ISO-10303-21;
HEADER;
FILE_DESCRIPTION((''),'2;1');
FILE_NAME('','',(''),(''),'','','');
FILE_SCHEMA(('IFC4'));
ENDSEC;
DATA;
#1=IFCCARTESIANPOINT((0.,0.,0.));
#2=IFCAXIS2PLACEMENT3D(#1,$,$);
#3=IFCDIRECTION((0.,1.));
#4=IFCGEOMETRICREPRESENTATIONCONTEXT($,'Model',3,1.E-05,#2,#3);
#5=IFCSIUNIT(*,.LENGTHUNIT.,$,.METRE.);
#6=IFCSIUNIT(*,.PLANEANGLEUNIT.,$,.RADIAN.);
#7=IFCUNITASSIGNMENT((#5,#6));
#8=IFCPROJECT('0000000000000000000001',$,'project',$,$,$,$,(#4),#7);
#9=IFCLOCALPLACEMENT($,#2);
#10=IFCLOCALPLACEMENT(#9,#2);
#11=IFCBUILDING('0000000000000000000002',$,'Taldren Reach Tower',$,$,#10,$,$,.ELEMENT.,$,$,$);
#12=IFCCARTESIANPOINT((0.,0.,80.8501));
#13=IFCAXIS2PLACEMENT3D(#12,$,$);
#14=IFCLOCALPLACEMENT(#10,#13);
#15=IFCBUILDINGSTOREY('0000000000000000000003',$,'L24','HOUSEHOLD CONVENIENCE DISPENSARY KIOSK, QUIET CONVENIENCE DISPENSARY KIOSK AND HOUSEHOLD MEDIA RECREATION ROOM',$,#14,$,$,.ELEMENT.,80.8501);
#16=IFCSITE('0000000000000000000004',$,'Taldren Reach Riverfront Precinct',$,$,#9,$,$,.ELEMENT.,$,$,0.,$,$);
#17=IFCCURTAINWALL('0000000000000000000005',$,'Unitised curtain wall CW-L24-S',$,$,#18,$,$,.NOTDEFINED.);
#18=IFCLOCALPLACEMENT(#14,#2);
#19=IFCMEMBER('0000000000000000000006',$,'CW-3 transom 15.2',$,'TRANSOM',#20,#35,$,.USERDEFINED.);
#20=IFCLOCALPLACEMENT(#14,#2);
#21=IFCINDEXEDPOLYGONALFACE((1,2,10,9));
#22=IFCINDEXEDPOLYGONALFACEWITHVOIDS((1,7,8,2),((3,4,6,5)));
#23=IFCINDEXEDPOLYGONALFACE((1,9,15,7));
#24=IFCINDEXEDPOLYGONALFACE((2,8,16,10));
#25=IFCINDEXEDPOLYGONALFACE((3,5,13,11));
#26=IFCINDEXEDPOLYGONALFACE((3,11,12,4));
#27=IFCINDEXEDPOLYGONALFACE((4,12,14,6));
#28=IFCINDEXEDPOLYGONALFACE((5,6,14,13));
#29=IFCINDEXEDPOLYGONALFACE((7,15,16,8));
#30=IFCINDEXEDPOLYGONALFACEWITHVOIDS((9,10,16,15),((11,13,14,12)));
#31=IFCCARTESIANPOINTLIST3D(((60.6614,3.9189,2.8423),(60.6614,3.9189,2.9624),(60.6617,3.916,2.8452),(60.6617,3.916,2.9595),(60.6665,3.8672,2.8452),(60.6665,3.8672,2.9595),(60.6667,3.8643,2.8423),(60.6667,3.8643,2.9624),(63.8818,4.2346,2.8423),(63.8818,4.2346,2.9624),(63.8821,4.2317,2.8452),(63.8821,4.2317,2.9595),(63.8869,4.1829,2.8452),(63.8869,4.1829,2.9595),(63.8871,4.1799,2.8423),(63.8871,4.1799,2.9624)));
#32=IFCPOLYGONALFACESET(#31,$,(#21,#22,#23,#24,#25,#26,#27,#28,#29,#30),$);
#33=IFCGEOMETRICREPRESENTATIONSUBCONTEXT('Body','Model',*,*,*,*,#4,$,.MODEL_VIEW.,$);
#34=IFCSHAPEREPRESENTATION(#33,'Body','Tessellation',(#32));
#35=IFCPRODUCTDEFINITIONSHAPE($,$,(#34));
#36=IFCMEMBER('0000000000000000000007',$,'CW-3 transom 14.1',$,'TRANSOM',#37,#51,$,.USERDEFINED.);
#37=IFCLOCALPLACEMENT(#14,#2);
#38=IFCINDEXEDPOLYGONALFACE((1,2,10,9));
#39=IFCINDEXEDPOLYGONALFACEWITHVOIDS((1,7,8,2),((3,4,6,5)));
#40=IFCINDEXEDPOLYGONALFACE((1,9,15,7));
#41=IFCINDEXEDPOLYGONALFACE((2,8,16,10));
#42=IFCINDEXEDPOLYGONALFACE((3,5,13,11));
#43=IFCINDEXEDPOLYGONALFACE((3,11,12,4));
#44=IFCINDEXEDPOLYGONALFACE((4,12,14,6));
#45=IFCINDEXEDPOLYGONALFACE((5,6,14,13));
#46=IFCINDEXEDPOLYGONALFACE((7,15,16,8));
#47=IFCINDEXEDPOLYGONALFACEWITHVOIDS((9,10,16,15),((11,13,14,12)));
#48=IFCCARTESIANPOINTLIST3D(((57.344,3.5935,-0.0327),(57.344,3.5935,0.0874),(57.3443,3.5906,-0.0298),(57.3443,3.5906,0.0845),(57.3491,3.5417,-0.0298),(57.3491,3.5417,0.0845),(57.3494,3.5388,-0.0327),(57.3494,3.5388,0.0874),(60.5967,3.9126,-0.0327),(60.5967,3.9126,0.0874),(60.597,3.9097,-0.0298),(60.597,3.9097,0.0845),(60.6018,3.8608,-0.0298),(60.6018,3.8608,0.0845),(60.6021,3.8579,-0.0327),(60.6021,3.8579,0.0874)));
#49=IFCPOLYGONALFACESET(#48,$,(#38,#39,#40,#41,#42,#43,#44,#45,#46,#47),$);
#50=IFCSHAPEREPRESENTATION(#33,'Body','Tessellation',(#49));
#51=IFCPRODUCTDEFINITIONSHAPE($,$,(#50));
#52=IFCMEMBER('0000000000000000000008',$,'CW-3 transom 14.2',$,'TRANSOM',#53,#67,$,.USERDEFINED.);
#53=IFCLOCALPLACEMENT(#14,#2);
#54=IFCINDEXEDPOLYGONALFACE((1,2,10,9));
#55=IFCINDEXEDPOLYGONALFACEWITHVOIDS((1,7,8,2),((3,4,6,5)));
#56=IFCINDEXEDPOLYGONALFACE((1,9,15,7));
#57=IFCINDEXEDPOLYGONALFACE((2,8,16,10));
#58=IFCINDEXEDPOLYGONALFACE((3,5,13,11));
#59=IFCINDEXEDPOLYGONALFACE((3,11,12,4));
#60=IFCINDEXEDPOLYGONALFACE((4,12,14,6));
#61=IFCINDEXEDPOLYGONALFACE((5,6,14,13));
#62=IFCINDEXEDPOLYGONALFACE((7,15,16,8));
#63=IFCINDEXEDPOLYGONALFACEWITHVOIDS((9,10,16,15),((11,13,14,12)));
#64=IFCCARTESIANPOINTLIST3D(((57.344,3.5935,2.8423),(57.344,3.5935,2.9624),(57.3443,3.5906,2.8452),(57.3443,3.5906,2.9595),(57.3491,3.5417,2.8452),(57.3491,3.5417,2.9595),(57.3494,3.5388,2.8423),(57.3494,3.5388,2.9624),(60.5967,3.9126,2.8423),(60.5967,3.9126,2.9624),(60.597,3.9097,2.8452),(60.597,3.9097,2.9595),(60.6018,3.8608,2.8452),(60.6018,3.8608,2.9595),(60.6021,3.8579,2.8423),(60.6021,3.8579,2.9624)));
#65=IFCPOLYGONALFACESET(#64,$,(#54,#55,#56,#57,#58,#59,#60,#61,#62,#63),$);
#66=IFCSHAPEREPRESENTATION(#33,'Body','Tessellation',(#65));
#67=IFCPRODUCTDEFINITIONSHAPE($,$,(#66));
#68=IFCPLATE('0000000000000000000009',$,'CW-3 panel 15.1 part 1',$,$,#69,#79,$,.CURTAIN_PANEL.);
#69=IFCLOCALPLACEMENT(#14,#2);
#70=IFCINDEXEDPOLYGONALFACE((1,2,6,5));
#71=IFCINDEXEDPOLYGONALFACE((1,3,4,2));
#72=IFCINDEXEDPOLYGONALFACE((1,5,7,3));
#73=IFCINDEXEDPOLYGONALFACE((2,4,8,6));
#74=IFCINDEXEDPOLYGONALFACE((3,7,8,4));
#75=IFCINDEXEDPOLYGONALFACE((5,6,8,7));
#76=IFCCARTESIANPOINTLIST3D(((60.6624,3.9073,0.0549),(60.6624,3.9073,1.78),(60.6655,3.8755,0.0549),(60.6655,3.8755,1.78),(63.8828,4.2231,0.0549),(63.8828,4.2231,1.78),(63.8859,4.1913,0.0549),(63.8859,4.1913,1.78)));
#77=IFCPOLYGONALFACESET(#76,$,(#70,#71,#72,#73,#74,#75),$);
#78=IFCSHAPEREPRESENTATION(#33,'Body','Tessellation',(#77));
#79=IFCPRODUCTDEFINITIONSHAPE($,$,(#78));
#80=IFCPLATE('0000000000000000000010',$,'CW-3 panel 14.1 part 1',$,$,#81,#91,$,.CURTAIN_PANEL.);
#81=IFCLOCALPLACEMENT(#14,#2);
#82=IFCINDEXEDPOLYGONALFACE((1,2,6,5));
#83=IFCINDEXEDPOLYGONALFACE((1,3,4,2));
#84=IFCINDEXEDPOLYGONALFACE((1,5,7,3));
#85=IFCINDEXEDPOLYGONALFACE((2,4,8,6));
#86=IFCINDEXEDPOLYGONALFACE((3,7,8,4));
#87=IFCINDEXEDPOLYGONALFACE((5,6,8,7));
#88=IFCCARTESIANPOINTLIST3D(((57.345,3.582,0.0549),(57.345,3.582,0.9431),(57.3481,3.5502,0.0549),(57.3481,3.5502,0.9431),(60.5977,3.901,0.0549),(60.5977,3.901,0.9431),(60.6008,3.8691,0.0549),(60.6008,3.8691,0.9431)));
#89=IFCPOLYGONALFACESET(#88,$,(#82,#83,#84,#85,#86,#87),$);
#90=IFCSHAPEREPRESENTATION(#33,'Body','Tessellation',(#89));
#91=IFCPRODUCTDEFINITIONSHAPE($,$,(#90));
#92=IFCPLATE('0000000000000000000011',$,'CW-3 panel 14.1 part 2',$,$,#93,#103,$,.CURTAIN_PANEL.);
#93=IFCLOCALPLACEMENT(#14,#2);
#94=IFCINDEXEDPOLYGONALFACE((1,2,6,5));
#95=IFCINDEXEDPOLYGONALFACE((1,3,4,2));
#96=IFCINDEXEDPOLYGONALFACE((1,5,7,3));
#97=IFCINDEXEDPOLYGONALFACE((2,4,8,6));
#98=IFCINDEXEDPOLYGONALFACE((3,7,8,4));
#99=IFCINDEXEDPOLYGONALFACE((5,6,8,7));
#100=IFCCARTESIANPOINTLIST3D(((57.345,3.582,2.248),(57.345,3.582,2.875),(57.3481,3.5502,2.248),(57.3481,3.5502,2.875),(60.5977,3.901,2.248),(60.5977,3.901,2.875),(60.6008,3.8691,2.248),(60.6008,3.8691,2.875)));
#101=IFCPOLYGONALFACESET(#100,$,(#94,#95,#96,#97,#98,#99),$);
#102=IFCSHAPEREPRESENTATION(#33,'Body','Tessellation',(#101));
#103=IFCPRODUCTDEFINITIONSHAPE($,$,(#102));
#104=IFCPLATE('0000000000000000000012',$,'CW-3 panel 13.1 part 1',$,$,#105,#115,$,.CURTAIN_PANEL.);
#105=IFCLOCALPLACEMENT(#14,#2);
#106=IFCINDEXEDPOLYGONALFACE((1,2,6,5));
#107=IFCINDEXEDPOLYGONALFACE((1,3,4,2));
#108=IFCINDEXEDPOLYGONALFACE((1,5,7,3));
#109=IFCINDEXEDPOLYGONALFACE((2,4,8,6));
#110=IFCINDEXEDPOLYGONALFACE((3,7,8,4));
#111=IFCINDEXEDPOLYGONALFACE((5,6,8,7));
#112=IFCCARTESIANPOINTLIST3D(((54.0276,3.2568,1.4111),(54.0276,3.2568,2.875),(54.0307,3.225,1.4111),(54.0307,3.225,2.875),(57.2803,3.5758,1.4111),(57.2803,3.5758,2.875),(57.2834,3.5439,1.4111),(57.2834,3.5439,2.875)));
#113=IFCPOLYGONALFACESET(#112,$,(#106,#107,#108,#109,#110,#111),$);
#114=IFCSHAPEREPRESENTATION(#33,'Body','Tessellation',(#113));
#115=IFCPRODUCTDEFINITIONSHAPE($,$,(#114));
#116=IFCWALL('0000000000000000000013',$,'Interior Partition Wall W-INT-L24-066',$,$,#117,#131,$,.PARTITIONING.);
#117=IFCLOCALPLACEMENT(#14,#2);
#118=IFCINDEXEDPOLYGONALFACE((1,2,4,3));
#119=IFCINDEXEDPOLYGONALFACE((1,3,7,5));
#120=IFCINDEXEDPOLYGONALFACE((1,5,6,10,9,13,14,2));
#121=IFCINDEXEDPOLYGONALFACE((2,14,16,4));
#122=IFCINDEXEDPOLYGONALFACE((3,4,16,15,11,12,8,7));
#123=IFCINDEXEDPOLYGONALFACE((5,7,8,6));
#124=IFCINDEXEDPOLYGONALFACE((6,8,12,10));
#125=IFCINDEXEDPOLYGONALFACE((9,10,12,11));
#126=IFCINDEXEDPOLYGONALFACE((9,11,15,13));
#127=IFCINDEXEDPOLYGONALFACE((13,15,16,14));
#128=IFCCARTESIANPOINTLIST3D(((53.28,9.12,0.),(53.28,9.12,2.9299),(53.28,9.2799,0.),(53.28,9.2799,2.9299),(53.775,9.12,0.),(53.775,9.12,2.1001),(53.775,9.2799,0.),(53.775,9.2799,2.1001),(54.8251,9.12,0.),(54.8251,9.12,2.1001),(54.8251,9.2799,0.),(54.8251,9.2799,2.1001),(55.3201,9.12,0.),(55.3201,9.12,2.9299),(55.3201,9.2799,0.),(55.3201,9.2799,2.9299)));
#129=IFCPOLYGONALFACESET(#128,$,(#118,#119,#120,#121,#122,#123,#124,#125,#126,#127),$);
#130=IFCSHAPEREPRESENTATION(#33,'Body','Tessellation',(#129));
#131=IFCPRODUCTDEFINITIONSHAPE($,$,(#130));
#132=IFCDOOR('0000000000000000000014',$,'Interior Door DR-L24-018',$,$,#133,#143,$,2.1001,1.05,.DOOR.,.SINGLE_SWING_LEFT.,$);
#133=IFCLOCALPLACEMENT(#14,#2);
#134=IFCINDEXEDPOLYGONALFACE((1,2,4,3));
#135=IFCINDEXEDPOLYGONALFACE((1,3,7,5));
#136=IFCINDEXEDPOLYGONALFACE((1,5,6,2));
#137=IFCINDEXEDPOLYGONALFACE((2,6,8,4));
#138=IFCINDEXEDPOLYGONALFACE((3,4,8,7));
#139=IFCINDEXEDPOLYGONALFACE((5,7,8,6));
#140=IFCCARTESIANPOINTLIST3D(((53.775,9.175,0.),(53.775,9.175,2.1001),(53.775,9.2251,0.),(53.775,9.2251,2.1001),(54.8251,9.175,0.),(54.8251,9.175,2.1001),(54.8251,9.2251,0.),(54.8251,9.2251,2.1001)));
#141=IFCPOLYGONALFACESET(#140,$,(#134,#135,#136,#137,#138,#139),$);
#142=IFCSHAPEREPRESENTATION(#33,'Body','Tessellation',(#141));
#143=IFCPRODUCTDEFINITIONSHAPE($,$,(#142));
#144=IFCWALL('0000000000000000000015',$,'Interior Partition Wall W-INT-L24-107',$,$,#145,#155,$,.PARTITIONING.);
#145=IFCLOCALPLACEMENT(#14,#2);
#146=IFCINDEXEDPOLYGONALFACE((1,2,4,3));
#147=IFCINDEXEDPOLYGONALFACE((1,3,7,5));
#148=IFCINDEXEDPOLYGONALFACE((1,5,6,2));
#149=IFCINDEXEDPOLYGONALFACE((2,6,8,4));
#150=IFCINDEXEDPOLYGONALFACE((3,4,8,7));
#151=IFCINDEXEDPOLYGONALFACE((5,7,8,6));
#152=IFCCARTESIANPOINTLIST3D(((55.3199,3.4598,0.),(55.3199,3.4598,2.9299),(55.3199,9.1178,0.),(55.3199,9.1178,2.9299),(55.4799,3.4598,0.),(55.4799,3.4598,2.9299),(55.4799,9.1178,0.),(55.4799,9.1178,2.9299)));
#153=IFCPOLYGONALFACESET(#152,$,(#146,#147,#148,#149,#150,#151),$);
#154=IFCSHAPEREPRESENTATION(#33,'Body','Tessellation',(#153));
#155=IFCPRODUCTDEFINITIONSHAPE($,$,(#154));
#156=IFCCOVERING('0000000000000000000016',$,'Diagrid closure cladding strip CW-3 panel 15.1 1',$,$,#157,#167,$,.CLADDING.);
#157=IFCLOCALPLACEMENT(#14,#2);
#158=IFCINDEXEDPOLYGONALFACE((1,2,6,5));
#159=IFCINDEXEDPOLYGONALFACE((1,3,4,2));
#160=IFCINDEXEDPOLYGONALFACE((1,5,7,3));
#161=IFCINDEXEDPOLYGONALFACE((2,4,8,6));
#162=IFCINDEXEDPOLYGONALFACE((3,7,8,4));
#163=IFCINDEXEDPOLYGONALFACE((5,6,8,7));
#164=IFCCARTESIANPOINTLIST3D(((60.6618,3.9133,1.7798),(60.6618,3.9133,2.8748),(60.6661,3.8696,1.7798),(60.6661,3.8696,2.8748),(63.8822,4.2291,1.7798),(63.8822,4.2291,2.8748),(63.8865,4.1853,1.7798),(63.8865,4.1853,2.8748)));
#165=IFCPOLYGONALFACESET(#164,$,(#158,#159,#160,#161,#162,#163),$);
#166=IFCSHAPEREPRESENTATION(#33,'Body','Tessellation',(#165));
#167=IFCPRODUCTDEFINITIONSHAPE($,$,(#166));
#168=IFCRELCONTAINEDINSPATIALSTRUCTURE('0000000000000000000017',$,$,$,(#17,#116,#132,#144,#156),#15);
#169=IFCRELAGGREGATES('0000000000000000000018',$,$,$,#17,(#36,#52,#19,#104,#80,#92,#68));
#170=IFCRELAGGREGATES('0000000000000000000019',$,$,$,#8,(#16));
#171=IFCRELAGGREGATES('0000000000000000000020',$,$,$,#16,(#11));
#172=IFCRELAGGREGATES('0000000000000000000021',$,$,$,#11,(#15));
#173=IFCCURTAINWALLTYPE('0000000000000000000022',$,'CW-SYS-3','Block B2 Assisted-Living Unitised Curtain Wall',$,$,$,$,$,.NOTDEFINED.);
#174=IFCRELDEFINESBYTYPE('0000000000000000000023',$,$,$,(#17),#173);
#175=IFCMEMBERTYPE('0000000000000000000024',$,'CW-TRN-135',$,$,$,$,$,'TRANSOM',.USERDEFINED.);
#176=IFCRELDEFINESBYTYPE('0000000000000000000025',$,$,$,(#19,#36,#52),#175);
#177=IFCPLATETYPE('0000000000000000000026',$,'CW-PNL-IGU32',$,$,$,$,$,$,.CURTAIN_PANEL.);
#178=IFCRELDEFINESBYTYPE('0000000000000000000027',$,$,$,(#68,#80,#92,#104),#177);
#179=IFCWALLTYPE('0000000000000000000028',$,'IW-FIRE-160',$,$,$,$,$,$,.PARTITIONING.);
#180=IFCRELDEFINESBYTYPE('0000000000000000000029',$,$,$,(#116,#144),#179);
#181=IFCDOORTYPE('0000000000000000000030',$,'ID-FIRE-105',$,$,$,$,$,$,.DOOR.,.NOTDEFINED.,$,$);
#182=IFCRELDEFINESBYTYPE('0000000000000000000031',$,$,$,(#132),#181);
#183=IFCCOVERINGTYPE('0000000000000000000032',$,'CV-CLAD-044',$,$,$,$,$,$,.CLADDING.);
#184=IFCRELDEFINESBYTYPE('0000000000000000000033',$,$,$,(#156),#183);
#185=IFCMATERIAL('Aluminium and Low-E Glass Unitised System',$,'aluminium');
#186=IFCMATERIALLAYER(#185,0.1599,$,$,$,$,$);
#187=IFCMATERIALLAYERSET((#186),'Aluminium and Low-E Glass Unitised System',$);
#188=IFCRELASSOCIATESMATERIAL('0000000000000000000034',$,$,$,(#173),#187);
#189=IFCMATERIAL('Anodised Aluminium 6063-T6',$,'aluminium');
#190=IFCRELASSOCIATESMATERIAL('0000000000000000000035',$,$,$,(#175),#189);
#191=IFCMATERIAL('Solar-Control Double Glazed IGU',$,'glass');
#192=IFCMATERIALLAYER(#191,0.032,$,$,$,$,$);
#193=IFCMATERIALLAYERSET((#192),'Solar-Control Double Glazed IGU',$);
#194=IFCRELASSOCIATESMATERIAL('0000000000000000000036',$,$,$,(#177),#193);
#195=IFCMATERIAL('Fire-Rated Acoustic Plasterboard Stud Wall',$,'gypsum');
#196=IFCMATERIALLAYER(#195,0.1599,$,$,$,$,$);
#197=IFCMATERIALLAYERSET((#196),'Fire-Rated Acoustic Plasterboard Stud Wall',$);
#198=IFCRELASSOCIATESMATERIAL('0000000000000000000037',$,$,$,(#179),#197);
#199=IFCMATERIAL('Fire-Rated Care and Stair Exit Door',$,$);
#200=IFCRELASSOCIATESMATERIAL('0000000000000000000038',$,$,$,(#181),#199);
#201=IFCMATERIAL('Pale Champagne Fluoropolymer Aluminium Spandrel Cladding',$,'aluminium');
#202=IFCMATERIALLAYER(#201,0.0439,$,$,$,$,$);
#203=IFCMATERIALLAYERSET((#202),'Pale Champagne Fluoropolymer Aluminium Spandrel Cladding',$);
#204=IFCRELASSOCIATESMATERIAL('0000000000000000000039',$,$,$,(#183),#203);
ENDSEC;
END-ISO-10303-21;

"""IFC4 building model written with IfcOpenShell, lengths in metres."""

from ifc_helpers import new_model, si_unit, direction, frame, frame_2d, origin, origin_2d, place, context, subcontext, project, spatial, rectangle, hollow_rectangle, extrude, source, transform, mapped, material, layer, layer_set, material_profile, profile_set, type_object, element, fill, aggregate, save


model = new_model("IFC4")

# Units and contexts
model_context = context("Model", 3, precision=1e-05, world=origin(), true_north=direction((0.0, 1.0)))
body_context = subcontext(model_context, "Body", "Model", "MODEL_VIEW")
ifc_project = project(units=[si_unit("LENGTHUNIT", "METRE"), si_unit("PLANEANGLEUNIT", "RADIAN")], contexts=[model_context])

# Site, building, storey
site_placement = place(None, origin())
site = spatial("IfcSite", under=ifc_project, at=site_placement, Name="Taldren Reach Riverfront Precinct", CompositionType="ELEMENT", RefElevation=0.0)
building_placement = place(site_placement, origin())
building = spatial("IfcBuilding", under=site, at=building_placement, Name="Taldren Reach Tower", CompositionType="ELEMENT")
storey_placement = place(building_placement, frame((0.0, 0.0, 80.8501)))
storey = spatial("IfcBuildingStorey", under=building, at=storey_placement, Name="L24", Description="HOUSEHOLD CONVENIENCE DISPENSARY KIOSK, QUIET CONVENIENCE DISPENSARY KIOSK AND HOUSEHOLD MEDIA RECREATION ROOM", CompositionType="ELEMENT", Elevation=80.8501)

# Curtain wall, members, plates
ifc_material_1 = material(Name="Aluminium and Low-E Glass Unitised System", Category="aluminium")
ifc_layer_1 = layer(ifc_material_1, 0.1599)
ifc_layer_set_1 = layer_set([ifc_layer_1], Name="Aluminium and Low-E Glass Unitised System")
curtain_wall_type = type_object("IfcCurtainWallType", Name="CW-SYS-3", Description="Block B2 Assisted-Living Unitised Curtain Wall", PredefinedType="NOTDEFINED", material=ifc_layer_set_1)
curtain_wall_placement = place(storey_placement, origin())
curtain_wall = element("IfcCurtainWall", 1, at=curtain_wall_placement, inside=storey, type_object=curtain_wall_type, Name="Unitised curtain wall CW-L24-S", PredefinedType="NOTDEFINED")
ifc_material_2 = material(Name="Anodised Aluminium 6063-T6", Category="aluminium")
ifc_material_profile_1 = material_profile(ifc_material_2, hollow_rectangle(XDim=0.0549, YDim=0.1201, WallThickness=0.0029, at=origin_2d()), Name="ALU-120x55x3RHS")
ifc_profile_set_1 = profile_set([ifc_material_profile_1], Name="Anodised Aluminium 6063-T6")
member_type_1 = type_object("IfcMemberType", Name="CW-TRN-135", ElementType="TRANSOM", PredefinedType="USERDEFINED", material=ifc_profile_set_1)
shared_shape_1 = source(origin(), body_context, "Body", "SweptSolid", [
    extrude(hollow_rectangle(XDim=0.0549, YDim=0.1201, WallThickness=0.0029, at=origin_2d()), origin(), (0.0, 0.0, 1.0), 3.2358),
])
member_1_placement = place(storey_placement, frame((60.6641, 3.8916, 2.9023), z_axis=(0.99523, 0.097554, 0.0), x_axis=(-0.097554, 0.99523, 0.0)))
member_1 = element("IfcMember", 2, at=member_1_placement, type_object=member_type_1, Name="CW-3 transom 15.2", ObjectType="TRANSOM", PredefinedType="USERDEFINED", context=body_context, shape_type="MappedRepresentation", body=[
    mapped(shared_shape_1, transform((0.0, 0.0, 0.0), scale=1.0)),
])
shared_shape_2 = source(origin(), body_context, "Body", "SweptSolid", [
    extrude(hollow_rectangle(XDim=0.0549, YDim=0.1201, WallThickness=0.0029, at=origin_2d()), origin(), (0.0, 0.0, 1.0), 3.2683),
])
member_2_placement = place(storey_placement, frame((57.3467, 3.5662, 0.0273), z_axis=(0.995223, 0.097632, 0.0), x_axis=(-0.097632, 0.995223, 0.0)))
member_2 = element("IfcMember", 3, at=member_2_placement, type_object=member_type_1, Name="CW-3 transom 14.1", ObjectType="TRANSOM", PredefinedType="USERDEFINED", context=body_context, shape_type="MappedRepresentation", body=[
    mapped(shared_shape_2, transform((0.0, 0.0, 0.0), scale=1.0)),
])
member_3_placement = place(storey_placement, frame((57.3467, 3.5662, 2.9023), z_axis=(0.995223, 0.097632, 0.0), x_axis=(-0.097632, 0.995223, 0.0)))
member_3 = element("IfcMember", 4, at=member_3_placement, type_object=member_type_1, Name="CW-3 transom 14.2", ObjectType="TRANSOM", PredefinedType="USERDEFINED", context=body_context, shape_type="MappedRepresentation", body=[
    mapped(shared_shape_2, transform((0.0, 0.0, 0.0), scale=1.0)),
])
ifc_material_3 = material(Name="Solar-Control Double Glazed IGU", Category="glass")
ifc_layer_2 = layer(ifc_material_3, 0.032)
ifc_layer_set_2 = layer_set([ifc_layer_2], Name="Solar-Control Double Glazed IGU")
plate_type = type_object("IfcPlateType", Name="CW-PNL-IGU32", PredefinedType="CURTAIN_PANEL", material=ifc_layer_set_2)
shared_shape_3 = source(origin(), body_context, "Body", "SweptSolid", [
    extrude(rectangle(XDim=3.2358, YDim=0.032, at=origin_2d()), origin(), (0.0, 0.0, 1.0), 1.7251),
])
plate_1_placement = place(storey_placement, frame((62.2742, 4.0493, 0.0549), z_axis=(0.0, 0.0, 1.0), x_axis=(0.995227, 0.097583, 0.0)))
plate_1 = element("IfcPlate", 5, at=plate_1_placement, type_object=plate_type, Name="CW-3 panel 15.1 part 1", PredefinedType="CURTAIN_PANEL", context=body_context, shape_type="MappedRepresentation", body=[
    mapped(shared_shape_3, transform((0.0, 0.0, 0.0), scale=1.0)),
])
shared_shape_4 = source(origin(), body_context, "Body", "SweptSolid", [
    extrude(rectangle(XDim=3.2683, YDim=0.032, at=origin_2d()), origin(), (0.0, 0.0, 1.0), 0.8882),
])
plate_2_placement = place(storey_placement, frame((58.9729, 3.7256, 0.0549), z_axis=(0.0, 0.0, 1.0), x_axis=(0.995227, 0.097583, 0.0)))
plate_2 = element("IfcPlate", 6, at=plate_2_placement, type_object=plate_type, Name="CW-3 panel 14.1 part 1", PredefinedType="CURTAIN_PANEL", context=body_context, shape_type="MappedRepresentation", body=[
    mapped(shared_shape_4, transform((0.0, 0.0, 0.0), scale=1.0)),
])
shared_shape_5 = source(origin(), body_context, "Body", "SweptSolid", [
    extrude(rectangle(XDim=3.2683, YDim=0.032, at=origin_2d()), origin(), (0.0, 0.0, 1.0), 0.627),
])
plate_3_placement = place(storey_placement, frame((58.9729, 3.7256, 2.248), z_axis=(0.0, 0.0, 1.0), x_axis=(0.995227, 0.097583, 0.0)))
plate_3 = element("IfcPlate", 7, at=plate_3_placement, type_object=plate_type, Name="CW-3 panel 14.1 part 2", PredefinedType="CURTAIN_PANEL", context=body_context, shape_type="MappedRepresentation", body=[
    mapped(shared_shape_5, transform((0.0, 0.0, 0.0), scale=1.0)),
])
shared_shape_6 = source(origin(), body_context, "Body", "SweptSolid", [
    extrude(rectangle(XDim=3.2683, YDim=0.032, at=origin_2d()), origin(), (0.0, 0.0, 1.0), 1.4639),
])
plate_4_placement = place(storey_placement, frame((55.6555, 3.4004, 1.4111), z_axis=(0.0, 0.0, 1.0), x_axis=(0.995227, 0.097583, 0.0)))
plate_4 = element("IfcPlate", 8, at=plate_4_placement, type_object=plate_type, Name="CW-3 panel 13.1 part 1", PredefinedType="CURTAIN_PANEL", context=body_context, shape_type="MappedRepresentation", body=[
    mapped(shared_shape_6, transform((0.0, 0.0, 0.0), scale=1.0)),
])
aggregate(curtain_wall, [member_2, member_3, member_1, plate_4, plate_2, plate_3, plate_1])

# Wall, opening, door
ifc_material_4 = material(Name="Fire-Rated Acoustic Plasterboard Stud Wall", Category="gypsum")
ifc_layer_3 = layer(ifc_material_4, 0.1599)
ifc_layer_set_3 = layer_set([ifc_layer_3], Name="Fire-Rated Acoustic Plasterboard Stud Wall")
wall_type = type_object("IfcWallType", Name="IW-FIRE-160", PredefinedType="PARTITIONING", material=ifc_layer_set_3)
shared_shape_7 = source(origin(), body_context, "Body", "SweptSolid", [
    extrude(rectangle(XDim=2.04, YDim=0.1599, at=frame_2d((1.02, 0.0))), origin(), (0.0, 0.0, 1.0), 2.9299),
])
wall_1_placement = place(storey_placement, frame((55.3201, 9.2, 0.0), z_axis=(0.0, 0.0, 1.0), x_axis=(-1.0, 0.0, 0.0)))
wall_1 = element("IfcWall", 9, at=wall_1_placement, inside=storey, type_object=wall_type, Name="Interior Partition Wall W-INT-L24-066", PredefinedType="PARTITIONING", context=body_context, shape_type="MappedRepresentation", body=[
    mapped(shared_shape_7, transform((0.0, 0.0, 0.0), scale=1.0)),
])
shared_shape_8 = source(origin(), body_context, "Body", "SweptSolid", [
    extrude(rectangle(XDim=1.05, YDim=2.1001, at=frame_2d((0.5249, 1.05))), frame((0.0, 0.0898, 0.0), z_axis=(0.0, -1.0, 0.0), x_axis=(1.0, 0.0, 0.0)), (0.0, 0.0, 1.0), 0.1799),
])
opening_placement = place(wall_1_placement, frame((0.4951, 0.0, 0.0)))
opening = element("IfcOpeningElement", 10, at=opening_placement, cuts=wall_1, PredefinedType="OPENING", context=body_context, shape_type="MappedRepresentation", body=[
    mapped(shared_shape_8, transform((0.0, 0.0, 0.0), scale=1.0)),
])
ifc_material_5 = material(Name="Fire-Rated Care and Stair Exit Door")
door_type = type_object("IfcDoorType", Name="ID-FIRE-105", OperationType="NOTDEFINED", PredefinedType="DOOR", material=ifc_material_5)
shared_shape_9 = source(origin(), body_context, "Body", "SweptSolid", [
    extrude(rectangle(XDim=1.05, YDim=2.1001, at=frame_2d((0.5249, 1.05))), frame((0.0, 0.0249, 0.0), z_axis=(0.0, -1.0, 0.0), x_axis=(1.0, 0.0, 0.0)), (0.0, 0.0, 1.0), 0.05),
])
door_placement = place(opening_placement, origin())
door = element("IfcDoor", 11, at=door_placement, inside=storey, type_object=door_type, Name="Interior Door DR-L24-018", OperationType="SINGLE_SWING_LEFT", OverallHeight=2.1001, OverallWidth=1.05, PredefinedType="DOOR", context=body_context, shape_type="MappedRepresentation", body=[
    mapped(shared_shape_9, transform((0.0, 0.0, 0.0), scale=1.0)),
])
fill(opening, door)

# Wall
shared_shape_10 = source(origin(), body_context, "Body", "SweptSolid", [
    extrude(rectangle(XDim=5.658, YDim=0.1599, at=frame_2d((2.8291, 0.0))), origin(), (0.0, 0.0, 1.0), 2.9299),
])
wall_2_placement = place(storey_placement, frame((55.3999, 9.1179, 0.0), z_axis=(0.0, 0.0, 1.0), x_axis=(0.0, -1.0, 0.0)))
element("IfcWall", 12, at=wall_2_placement, inside=storey, type_object=wall_type, Name="Interior Partition Wall W-INT-L24-107", PredefinedType="PARTITIONING", context=body_context, shape_type="MappedRepresentation", body=[
    mapped(shared_shape_10, transform((0.0, 0.0, 0.0), scale=1.0)),
])

# Covering
ifc_material_6 = material(Name="Pale Champagne Fluoropolymer Aluminium Spandrel Cladding", Category="aluminium")
ifc_layer_4 = layer(ifc_material_6, 0.0439)
ifc_layer_set_4 = layer_set([ifc_layer_4], Name="Pale Champagne Fluoropolymer Aluminium Spandrel Cladding")
covering_type = type_object("IfcCoveringType", Name="CV-CLAD-044", PredefinedType="CLADDING", material=ifc_layer_set_4)
shared_shape_11 = source(origin(), body_context, "Body", "SweptSolid", [
    extrude(rectangle(XDim=3.2358, YDim=0.0439, at=origin_2d()), origin(), (0.0, 0.0, 1.0), 1.095),
])
covering_1_placement = place(storey_placement, frame((62.2742, 4.0493, 1.7798), z_axis=(0.0, 0.0, 1.0), x_axis=(0.995227, 0.097583, 0.0)))
element("IfcCovering", 13, at=covering_1_placement, inside=storey, type_object=covering_type, Name="Diagrid closure cladding strip CW-3 panel 15.1 1", PredefinedType="CLADDING", context=body_context, shape_type="MappedRepresentation", body=[
    mapped(shared_shape_11, transform((0.0, 0.0, 0.0), scale=1.0)),
])

save(model, "model.ifc")
